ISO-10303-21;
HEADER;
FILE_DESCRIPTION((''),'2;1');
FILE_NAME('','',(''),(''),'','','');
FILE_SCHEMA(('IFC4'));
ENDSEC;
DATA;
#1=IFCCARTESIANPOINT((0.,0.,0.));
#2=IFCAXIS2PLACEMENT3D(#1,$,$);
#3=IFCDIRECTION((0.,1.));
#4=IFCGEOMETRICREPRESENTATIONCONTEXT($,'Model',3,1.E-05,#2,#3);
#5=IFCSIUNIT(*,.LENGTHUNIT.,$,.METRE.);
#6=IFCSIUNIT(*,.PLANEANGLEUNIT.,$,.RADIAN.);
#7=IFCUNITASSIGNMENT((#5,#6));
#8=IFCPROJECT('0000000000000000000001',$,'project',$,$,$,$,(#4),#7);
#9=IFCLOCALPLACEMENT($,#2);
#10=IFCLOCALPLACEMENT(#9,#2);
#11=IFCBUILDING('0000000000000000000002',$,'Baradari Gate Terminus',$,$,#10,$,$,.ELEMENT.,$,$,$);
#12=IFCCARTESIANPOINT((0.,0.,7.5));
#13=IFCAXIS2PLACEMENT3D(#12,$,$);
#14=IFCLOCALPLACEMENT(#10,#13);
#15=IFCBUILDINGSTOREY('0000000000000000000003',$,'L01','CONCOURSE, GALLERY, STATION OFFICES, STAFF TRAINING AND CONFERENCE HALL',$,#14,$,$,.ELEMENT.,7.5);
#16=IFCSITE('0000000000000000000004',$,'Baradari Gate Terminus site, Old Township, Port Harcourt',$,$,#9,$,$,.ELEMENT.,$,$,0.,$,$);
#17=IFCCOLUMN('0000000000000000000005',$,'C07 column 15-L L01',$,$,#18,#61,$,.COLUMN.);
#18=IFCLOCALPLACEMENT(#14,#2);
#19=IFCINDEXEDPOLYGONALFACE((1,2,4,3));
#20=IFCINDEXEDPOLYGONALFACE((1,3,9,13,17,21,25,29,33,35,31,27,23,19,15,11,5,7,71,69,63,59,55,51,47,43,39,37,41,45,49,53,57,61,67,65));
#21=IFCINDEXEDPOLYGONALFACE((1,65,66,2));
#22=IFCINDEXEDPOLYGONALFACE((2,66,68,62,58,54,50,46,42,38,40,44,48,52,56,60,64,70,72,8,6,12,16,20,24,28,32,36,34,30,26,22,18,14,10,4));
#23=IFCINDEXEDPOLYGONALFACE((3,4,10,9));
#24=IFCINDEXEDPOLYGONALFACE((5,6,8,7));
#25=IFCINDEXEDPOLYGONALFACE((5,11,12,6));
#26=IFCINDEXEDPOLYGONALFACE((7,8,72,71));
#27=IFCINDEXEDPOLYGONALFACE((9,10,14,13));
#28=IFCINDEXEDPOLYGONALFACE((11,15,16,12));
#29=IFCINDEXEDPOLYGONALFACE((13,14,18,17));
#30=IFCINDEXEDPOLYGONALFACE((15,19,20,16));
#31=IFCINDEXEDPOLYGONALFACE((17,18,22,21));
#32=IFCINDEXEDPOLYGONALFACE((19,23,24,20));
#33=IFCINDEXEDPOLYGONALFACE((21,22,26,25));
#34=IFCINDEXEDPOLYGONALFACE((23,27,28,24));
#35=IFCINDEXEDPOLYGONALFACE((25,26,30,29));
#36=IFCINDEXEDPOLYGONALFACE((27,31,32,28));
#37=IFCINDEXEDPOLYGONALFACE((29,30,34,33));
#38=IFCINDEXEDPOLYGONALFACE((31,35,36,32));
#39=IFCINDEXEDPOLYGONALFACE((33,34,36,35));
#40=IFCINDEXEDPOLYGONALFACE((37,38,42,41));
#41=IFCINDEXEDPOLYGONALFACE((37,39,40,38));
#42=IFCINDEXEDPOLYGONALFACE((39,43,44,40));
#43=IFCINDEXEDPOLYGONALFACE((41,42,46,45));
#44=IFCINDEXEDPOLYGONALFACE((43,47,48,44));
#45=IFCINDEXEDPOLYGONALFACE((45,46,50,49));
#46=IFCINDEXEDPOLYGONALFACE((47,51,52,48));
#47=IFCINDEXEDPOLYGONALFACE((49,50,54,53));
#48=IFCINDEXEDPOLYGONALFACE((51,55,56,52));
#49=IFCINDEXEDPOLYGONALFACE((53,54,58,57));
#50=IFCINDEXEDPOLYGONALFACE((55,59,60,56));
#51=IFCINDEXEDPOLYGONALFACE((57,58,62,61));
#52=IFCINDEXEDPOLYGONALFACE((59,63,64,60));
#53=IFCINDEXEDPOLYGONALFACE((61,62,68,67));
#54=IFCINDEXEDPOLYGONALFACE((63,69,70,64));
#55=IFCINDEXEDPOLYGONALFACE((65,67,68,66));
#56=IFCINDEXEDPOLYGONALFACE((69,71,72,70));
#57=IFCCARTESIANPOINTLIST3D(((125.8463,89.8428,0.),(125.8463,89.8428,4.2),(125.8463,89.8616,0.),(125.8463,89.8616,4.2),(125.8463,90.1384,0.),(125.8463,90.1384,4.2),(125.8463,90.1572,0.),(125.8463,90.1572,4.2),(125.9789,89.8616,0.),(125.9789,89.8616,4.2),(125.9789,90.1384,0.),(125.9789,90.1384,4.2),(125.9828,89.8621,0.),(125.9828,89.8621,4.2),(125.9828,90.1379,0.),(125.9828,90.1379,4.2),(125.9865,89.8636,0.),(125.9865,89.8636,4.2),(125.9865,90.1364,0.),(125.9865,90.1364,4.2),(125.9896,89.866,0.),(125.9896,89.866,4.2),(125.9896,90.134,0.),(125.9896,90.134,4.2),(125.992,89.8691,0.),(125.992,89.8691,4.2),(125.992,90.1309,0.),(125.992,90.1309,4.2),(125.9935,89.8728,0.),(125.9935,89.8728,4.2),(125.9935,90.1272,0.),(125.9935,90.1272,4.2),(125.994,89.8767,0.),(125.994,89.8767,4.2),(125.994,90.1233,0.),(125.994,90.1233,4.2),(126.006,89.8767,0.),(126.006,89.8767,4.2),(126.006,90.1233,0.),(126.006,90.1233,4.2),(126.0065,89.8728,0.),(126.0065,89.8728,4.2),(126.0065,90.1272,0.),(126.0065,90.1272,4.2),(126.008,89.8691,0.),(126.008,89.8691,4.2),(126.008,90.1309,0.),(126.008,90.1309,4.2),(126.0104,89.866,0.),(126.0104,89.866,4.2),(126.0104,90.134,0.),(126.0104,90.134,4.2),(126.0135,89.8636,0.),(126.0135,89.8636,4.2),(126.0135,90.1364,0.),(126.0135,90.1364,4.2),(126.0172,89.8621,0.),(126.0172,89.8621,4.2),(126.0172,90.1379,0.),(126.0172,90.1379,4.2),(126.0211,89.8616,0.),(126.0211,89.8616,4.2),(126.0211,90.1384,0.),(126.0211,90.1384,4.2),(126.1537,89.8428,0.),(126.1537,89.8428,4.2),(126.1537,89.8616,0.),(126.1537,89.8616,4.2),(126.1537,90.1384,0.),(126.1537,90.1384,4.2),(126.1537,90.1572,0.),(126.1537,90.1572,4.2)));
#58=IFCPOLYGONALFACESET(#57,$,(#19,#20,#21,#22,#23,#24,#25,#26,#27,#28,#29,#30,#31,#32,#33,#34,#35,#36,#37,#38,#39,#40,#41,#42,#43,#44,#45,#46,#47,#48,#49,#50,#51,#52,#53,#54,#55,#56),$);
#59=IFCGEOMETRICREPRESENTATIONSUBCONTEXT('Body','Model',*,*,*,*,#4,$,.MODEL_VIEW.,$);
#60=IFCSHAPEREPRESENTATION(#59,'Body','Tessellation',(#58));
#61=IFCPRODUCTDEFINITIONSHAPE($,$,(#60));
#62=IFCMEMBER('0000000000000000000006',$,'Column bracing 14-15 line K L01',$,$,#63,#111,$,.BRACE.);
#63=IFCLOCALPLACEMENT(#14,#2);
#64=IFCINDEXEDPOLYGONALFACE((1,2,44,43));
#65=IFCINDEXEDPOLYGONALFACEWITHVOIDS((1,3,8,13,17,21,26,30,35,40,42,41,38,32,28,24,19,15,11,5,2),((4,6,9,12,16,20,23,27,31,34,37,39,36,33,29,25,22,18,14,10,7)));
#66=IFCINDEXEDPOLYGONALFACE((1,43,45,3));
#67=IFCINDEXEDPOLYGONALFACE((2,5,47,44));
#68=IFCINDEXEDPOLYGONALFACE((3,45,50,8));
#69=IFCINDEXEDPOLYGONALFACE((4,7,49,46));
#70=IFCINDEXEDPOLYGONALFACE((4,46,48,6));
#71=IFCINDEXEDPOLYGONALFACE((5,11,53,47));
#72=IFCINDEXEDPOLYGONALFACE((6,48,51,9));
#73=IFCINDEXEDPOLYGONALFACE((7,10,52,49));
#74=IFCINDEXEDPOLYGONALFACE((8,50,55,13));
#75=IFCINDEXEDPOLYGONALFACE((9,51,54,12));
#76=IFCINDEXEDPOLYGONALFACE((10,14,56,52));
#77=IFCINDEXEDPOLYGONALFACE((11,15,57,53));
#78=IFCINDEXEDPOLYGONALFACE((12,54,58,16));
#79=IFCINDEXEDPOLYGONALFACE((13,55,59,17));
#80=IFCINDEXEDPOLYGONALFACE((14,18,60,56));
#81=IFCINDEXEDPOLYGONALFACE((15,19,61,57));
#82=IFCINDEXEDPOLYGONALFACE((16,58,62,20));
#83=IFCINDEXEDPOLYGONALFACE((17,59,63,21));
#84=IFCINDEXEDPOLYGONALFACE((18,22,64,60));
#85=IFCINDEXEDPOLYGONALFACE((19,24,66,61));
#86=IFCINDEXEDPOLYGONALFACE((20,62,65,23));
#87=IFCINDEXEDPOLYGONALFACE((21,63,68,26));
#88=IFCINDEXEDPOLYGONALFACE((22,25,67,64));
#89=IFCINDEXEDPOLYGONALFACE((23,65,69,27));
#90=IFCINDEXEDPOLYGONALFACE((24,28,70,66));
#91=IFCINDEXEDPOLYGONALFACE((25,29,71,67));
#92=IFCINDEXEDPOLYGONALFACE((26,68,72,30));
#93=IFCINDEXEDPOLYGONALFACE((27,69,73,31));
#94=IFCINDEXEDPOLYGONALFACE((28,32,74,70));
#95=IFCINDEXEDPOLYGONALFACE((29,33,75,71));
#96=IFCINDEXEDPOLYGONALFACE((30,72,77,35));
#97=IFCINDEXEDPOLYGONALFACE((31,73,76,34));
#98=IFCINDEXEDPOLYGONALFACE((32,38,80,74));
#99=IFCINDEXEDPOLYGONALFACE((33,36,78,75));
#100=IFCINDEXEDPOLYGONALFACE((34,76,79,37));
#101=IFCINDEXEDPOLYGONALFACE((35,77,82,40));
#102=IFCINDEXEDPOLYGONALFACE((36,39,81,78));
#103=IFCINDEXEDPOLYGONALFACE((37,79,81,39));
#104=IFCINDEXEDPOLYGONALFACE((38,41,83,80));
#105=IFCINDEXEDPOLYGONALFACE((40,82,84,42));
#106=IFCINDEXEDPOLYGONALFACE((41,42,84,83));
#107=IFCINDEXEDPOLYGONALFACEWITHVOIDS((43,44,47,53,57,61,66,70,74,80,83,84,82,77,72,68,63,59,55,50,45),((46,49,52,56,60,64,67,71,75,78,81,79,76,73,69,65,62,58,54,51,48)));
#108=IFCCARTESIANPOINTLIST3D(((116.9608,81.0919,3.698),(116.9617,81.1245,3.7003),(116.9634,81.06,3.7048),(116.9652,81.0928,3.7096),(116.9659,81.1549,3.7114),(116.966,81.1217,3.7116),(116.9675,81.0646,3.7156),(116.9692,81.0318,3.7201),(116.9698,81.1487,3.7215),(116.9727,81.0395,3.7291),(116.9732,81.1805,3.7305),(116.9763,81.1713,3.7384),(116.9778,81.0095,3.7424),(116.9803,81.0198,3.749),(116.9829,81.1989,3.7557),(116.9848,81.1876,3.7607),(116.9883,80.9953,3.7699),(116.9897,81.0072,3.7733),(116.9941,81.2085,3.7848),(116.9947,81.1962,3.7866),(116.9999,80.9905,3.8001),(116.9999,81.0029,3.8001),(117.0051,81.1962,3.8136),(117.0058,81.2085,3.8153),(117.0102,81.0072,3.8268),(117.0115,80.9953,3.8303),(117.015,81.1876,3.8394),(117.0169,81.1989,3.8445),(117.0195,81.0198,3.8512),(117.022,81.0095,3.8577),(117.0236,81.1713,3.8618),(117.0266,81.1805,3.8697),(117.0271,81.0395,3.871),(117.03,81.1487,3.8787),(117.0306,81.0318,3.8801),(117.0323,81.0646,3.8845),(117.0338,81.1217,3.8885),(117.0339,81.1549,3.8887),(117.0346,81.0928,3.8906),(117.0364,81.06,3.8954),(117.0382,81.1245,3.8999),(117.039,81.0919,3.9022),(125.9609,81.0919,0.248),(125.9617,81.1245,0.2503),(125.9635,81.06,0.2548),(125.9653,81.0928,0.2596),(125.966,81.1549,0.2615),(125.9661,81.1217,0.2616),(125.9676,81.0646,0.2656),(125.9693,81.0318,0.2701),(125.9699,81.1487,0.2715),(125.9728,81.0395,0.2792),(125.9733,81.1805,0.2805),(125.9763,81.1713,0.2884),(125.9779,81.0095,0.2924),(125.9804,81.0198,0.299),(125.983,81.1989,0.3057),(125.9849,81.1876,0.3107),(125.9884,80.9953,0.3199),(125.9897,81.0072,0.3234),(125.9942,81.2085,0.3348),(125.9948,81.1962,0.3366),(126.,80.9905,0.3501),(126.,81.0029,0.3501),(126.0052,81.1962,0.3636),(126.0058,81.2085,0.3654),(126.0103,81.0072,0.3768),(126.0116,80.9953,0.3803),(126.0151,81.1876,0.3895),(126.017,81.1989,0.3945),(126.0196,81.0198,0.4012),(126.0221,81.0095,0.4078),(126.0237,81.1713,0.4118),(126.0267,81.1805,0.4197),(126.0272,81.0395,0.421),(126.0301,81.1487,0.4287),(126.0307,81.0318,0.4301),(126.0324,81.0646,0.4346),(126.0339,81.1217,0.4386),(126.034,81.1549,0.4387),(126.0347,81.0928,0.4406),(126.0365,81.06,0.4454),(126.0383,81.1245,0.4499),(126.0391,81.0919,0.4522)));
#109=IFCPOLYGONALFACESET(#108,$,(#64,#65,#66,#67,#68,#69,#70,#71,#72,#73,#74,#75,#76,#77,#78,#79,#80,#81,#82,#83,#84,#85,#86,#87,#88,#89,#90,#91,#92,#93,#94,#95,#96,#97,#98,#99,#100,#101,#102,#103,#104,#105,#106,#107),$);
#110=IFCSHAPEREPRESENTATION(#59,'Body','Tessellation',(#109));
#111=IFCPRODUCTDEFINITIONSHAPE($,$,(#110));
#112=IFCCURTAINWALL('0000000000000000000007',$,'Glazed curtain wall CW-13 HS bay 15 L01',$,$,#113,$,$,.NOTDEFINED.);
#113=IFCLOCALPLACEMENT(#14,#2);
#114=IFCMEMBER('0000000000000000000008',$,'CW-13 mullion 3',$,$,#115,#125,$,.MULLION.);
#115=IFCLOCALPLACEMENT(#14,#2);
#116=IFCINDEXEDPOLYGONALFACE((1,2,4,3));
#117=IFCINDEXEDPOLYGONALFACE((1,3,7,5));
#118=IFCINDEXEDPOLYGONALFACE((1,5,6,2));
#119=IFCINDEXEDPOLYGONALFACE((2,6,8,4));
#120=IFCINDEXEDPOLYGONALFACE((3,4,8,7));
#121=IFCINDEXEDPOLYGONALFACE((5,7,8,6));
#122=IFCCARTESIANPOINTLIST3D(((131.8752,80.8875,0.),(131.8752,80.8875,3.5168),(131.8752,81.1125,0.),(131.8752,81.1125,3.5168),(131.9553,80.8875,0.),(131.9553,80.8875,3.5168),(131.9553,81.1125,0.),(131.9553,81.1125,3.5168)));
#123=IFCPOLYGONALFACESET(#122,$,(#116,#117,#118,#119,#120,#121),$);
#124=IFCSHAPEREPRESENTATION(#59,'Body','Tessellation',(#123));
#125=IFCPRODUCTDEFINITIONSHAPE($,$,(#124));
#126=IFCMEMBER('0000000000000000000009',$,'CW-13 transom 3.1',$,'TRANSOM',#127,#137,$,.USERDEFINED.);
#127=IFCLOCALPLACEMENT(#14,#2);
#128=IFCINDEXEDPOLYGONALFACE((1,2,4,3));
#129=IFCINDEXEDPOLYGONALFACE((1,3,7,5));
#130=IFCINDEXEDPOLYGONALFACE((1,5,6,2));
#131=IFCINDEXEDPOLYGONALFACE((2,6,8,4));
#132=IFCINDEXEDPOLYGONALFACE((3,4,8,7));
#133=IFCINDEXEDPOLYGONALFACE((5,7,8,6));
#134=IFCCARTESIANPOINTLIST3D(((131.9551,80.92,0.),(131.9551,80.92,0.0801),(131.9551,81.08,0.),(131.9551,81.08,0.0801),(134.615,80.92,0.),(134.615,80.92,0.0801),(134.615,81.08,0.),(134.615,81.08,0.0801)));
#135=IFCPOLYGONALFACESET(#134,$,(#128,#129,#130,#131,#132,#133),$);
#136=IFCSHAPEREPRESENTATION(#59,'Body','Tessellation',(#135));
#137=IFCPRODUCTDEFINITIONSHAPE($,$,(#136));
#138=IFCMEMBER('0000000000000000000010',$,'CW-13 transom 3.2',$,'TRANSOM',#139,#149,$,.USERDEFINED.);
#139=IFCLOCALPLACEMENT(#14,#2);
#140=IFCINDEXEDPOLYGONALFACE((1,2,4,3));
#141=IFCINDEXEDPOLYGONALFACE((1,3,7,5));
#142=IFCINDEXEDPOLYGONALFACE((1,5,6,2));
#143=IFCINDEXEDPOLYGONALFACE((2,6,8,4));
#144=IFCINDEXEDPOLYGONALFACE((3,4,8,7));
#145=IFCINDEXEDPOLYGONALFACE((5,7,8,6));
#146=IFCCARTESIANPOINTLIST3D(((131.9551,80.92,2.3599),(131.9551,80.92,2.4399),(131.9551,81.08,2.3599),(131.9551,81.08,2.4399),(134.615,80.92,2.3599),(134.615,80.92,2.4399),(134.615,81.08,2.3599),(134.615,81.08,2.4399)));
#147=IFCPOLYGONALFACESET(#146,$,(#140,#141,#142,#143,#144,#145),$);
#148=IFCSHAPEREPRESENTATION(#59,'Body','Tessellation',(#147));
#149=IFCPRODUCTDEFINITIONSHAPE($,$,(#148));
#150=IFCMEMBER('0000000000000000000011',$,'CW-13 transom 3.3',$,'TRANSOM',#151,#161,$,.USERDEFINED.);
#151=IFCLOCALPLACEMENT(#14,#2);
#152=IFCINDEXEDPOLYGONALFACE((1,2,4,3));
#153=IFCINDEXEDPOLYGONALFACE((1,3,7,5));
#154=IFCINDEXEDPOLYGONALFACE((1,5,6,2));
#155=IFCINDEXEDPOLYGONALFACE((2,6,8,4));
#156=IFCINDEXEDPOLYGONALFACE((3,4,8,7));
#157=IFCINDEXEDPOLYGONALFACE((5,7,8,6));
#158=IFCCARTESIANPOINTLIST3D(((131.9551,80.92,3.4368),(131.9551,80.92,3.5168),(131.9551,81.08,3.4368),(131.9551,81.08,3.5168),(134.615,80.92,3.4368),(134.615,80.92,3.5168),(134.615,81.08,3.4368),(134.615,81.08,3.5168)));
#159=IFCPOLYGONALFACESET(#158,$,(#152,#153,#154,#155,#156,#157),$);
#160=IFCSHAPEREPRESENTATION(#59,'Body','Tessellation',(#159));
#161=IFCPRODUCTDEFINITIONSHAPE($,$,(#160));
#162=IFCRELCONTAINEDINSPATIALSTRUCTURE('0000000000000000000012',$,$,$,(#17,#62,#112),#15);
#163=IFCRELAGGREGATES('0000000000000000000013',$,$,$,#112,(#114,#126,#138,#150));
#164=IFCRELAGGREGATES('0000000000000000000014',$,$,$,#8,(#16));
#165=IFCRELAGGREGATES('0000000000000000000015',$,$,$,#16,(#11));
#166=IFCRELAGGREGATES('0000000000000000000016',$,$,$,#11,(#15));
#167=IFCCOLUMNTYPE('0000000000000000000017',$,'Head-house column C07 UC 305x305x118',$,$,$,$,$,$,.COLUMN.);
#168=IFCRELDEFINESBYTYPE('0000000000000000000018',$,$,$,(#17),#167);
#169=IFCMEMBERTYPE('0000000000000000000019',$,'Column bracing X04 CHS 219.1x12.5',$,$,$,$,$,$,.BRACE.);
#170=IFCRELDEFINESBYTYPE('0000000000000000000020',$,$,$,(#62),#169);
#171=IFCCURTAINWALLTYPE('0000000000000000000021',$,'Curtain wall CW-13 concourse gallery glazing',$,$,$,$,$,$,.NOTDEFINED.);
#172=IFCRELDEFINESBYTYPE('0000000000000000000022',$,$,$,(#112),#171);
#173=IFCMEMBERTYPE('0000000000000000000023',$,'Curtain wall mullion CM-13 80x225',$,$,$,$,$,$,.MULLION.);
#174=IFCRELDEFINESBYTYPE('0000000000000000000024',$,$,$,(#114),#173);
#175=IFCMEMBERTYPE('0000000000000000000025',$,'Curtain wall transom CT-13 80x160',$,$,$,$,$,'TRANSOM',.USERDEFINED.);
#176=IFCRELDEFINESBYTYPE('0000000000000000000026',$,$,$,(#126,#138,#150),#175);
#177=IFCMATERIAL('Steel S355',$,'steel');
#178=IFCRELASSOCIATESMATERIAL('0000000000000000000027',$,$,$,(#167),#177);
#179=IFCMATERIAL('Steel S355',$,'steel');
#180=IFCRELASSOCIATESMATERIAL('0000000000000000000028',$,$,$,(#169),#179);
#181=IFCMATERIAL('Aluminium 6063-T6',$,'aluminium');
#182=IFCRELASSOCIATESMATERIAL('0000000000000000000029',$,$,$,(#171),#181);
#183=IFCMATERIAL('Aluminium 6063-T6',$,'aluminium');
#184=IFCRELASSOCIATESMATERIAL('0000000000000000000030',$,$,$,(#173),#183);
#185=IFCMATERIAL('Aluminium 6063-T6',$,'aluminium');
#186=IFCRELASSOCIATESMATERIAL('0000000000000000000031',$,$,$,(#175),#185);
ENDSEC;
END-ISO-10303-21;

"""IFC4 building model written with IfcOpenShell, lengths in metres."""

from ifc_helpers import new_model, si_unit, direction, frame, origin, origin_2d, place, context, subcontext, project, spatial, rectangle, hollow_circle, i_section, extrude, material, material_profile, profile_set, type_object, element, aggregate, save


model = new_model("IFC4")

# Units and contexts
model_context = context("Model", 3, precision=1e-05, world=origin(), true_north=direction((0.0, 1.0)))
body_context = subcontext(model_context, "Body", "Model", "MODEL_VIEW")
ifc_project = project(units=[si_unit("LENGTHUNIT", "METRE"), si_unit("PLANEANGLEUNIT", "RADIAN")], contexts=[model_context])

# Site, building, storey
site_placement = place(None, origin())
site = spatial("IfcSite", under=ifc_project, at=site_placement, Name="Baradari Gate Terminus site, Old Township, Port Harcourt", CompositionType="ELEMENT", RefElevation=0.0)
building_placement = place(site_placement, origin())
building = spatial("IfcBuilding", under=site, at=building_placement, Name="Baradari Gate Terminus", CompositionType="ELEMENT")
storey_placement = place(building_placement, frame((0.0, 0.0, 7.5)))
storey = spatial("IfcBuildingStorey", under=building, at=storey_placement, Name="L01", Description="CONCOURSE, GALLERY, STATION OFFICES, STAFF TRAINING AND CONFERENCE HALL", CompositionType="ELEMENT", Elevation=7.5)

# Column
ifc_material_1 = material(Name="Steel S355", Category="steel")
ifc_material_profile_1 = material_profile(ifc_material_1, i_section(OverallWidth=0.3074, OverallDepth=0.3145, WebThickness=0.012, FlangeThickness=0.0188, FilletRadius=0.0151, at=origin_2d()), Name="UC 305x305x118")
ifc_profile_set_1 = profile_set([ifc_material_profile_1], Name="Steel S355")
column_type = type_object("IfcColumnType", Name="Head-house column C07 UC 305x305x118", PredefinedType="COLUMN", material=ifc_profile_set_1)
column_placement = place(storey_placement, frame((126.0, 90.0, 0.0), z_axis=(0.0, 0.0, 1.0), x_axis=(1.0, 0.0, 0.0)))
element("IfcColumn", 1, at=column_placement, inside=storey, type_object=column_type, Name="C07 column 15-L L01", PredefinedType="COLUMN", context=body_context, shape_type="SweptSolid", body=[
    extrude(i_section(OverallWidth=0.3074, OverallDepth=0.3145, WebThickness=0.012, FlangeThickness=0.0188, FilletRadius=0.0151, at=origin_2d()), origin(), (0.0, 0.0, 1.0), 4.2),
])

# Member
ifc_material_2 = material(Name="Steel S355", Category="steel")
ifc_material_profile_2 = material_profile(ifc_material_2, hollow_circle(Radius=0.1096, WallThickness=0.0125, at=origin_2d()), Name="CHS 219.1x12.5")
ifc_profile_set_2 = profile_set([ifc_material_profile_2], Name="Steel S355")
member_type_1 = type_object("IfcMemberType", Name="Column bracing X04 CHS 219.1x12.5", PredefinedType="BRACE", material=ifc_profile_set_2)
member_1_placement = place(storey_placement, frame((126.0, 81.1001, 0.3501), z_axis=(-0.933748, 0.0, 0.357932), x_axis=(0.0, -1.0, 0.0)))
element("IfcMember", 2, at=member_1_placement, inside=storey, type_object=member_type_1, Name="Column bracing 14-15 line K L01", PredefinedType="BRACE", context=body_context, shape_type="SweptSolid", body=[
    extrude(hollow_circle(Radius=0.1096, WallThickness=0.0125, at=origin_2d()), origin(), (0.0, 0.0, 1.0), 9.6387),
])

# Curtain wall, members
ifc_material_3 = material(Name="Aluminium 6063-T6", Category="aluminium")
curtain_wall_type = type_object("IfcCurtainWallType", Name="Curtain wall CW-13 concourse gallery glazing", PredefinedType="NOTDEFINED", material=ifc_material_3)
curtain_wall_placement = place(storey_placement, origin())
curtain_wall = element("IfcCurtainWall", 3, at=curtain_wall_placement, inside=storey, type_object=curtain_wall_type, Name="Glazed curtain wall CW-13 HS bay 15 L01", PredefinedType="NOTDEFINED")
ifc_material_4 = material(Name="Aluminium 6063-T6", Category="aluminium")
ifc_material_profile_3 = material_profile(ifc_material_4, rectangle(XDim=0.2251, YDim=0.0801, at=origin_2d()), Name="CM-13 80X225")
ifc_profile_set_3 = profile_set([ifc_material_profile_3], Name="Aluminium 6063-T6")
member_type_2 = type_object("IfcMemberType", Name="Curtain wall mullion CM-13 80x225", PredefinedType="MULLION", material=ifc_profile_set_3)
member_2_placement = place(storey_placement, frame((131.9153, 81.0, 0.0), z_axis=(0.0, 0.0, 1.0), x_axis=(0.0, 1.0, 0.0)))
member_2 = element("IfcMember", 4, at=member_2_placement, type_object=member_type_2, Name="CW-13 mullion 3", PredefinedType="MULLION", context=body_context, shape_type="SweptSolid", body=[
    extrude(rectangle(XDim=0.2251, YDim=0.0801, at=origin_2d()), origin(), (0.0, 0.0, 1.0), 3.5168),
])
ifc_material_5 = material(Name="Aluminium 6063-T6", Category="aluminium")
ifc_material_profile_4 = material_profile(ifc_material_5, rectangle(XDim=0.1599, YDim=0.0801, at=origin_2d()), Name="CT-13 80X160")
ifc_profile_set_4 = profile_set([ifc_material_profile_4], Name="Aluminium 6063-T6")
member_type_3 = type_object("IfcMemberType", Name="Curtain wall transom CT-13 80x160", ElementType="TRANSOM", PredefinedType="USERDEFINED", material=ifc_profile_set_4)
member_3_placement = place(storey_placement, frame((131.9551, 81.0, 0.04), z_axis=(1.0, 0.0, 0.0), x_axis=(0.0, 1.0, 0.0)))
member_3 = element("IfcMember", 5, at=member_3_placement, type_object=member_type_3, Name="CW-13 transom 3.1", ObjectType="TRANSOM", PredefinedType="USERDEFINED", context=body_context, shape_type="SweptSolid", body=[
    extrude(rectangle(XDim=0.1599, YDim=0.0801, at=origin_2d()), origin(), (0.0, 0.0, 1.0), 2.6599),
])
member_4_placement = place(storey_placement, frame((131.9551, 81.0, 2.3999), z_axis=(1.0, 0.0, 0.0), x_axis=(0.0, 1.0, 0.0)))
member_4 = element("IfcMember", 6, at=member_4_placement, type_object=member_type_3, Name="CW-13 transom 3.2", ObjectType="TRANSOM", PredefinedType="USERDEFINED", context=body_context, shape_type="SweptSolid", body=[
    extrude(rectangle(XDim=0.1599, YDim=0.0801, at=origin_2d()), origin(), (0.0, 0.0, 1.0), 2.6599),
])
member_5_placement = place(storey_placement, frame((131.9551, 81.0, 3.4768), z_axis=(1.0, 0.0, 0.0), x_axis=(0.0, 1.0, 0.0)))
member_5 = element("IfcMember", 7, at=member_5_placement, type_object=member_type_3, Name="CW-13 transom 3.3", ObjectType="TRANSOM", PredefinedType="USERDEFINED", context=body_context, shape_type="SweptSolid", body=[
    extrude(rectangle(XDim=0.1599, YDim=0.0801, at=origin_2d()), origin(), (0.0, 0.0, 1.0), 2.6599),
])

aggregate(curtain_wall, [member_2, member_3, member_4, member_5])

save(model, "model.ifc")
